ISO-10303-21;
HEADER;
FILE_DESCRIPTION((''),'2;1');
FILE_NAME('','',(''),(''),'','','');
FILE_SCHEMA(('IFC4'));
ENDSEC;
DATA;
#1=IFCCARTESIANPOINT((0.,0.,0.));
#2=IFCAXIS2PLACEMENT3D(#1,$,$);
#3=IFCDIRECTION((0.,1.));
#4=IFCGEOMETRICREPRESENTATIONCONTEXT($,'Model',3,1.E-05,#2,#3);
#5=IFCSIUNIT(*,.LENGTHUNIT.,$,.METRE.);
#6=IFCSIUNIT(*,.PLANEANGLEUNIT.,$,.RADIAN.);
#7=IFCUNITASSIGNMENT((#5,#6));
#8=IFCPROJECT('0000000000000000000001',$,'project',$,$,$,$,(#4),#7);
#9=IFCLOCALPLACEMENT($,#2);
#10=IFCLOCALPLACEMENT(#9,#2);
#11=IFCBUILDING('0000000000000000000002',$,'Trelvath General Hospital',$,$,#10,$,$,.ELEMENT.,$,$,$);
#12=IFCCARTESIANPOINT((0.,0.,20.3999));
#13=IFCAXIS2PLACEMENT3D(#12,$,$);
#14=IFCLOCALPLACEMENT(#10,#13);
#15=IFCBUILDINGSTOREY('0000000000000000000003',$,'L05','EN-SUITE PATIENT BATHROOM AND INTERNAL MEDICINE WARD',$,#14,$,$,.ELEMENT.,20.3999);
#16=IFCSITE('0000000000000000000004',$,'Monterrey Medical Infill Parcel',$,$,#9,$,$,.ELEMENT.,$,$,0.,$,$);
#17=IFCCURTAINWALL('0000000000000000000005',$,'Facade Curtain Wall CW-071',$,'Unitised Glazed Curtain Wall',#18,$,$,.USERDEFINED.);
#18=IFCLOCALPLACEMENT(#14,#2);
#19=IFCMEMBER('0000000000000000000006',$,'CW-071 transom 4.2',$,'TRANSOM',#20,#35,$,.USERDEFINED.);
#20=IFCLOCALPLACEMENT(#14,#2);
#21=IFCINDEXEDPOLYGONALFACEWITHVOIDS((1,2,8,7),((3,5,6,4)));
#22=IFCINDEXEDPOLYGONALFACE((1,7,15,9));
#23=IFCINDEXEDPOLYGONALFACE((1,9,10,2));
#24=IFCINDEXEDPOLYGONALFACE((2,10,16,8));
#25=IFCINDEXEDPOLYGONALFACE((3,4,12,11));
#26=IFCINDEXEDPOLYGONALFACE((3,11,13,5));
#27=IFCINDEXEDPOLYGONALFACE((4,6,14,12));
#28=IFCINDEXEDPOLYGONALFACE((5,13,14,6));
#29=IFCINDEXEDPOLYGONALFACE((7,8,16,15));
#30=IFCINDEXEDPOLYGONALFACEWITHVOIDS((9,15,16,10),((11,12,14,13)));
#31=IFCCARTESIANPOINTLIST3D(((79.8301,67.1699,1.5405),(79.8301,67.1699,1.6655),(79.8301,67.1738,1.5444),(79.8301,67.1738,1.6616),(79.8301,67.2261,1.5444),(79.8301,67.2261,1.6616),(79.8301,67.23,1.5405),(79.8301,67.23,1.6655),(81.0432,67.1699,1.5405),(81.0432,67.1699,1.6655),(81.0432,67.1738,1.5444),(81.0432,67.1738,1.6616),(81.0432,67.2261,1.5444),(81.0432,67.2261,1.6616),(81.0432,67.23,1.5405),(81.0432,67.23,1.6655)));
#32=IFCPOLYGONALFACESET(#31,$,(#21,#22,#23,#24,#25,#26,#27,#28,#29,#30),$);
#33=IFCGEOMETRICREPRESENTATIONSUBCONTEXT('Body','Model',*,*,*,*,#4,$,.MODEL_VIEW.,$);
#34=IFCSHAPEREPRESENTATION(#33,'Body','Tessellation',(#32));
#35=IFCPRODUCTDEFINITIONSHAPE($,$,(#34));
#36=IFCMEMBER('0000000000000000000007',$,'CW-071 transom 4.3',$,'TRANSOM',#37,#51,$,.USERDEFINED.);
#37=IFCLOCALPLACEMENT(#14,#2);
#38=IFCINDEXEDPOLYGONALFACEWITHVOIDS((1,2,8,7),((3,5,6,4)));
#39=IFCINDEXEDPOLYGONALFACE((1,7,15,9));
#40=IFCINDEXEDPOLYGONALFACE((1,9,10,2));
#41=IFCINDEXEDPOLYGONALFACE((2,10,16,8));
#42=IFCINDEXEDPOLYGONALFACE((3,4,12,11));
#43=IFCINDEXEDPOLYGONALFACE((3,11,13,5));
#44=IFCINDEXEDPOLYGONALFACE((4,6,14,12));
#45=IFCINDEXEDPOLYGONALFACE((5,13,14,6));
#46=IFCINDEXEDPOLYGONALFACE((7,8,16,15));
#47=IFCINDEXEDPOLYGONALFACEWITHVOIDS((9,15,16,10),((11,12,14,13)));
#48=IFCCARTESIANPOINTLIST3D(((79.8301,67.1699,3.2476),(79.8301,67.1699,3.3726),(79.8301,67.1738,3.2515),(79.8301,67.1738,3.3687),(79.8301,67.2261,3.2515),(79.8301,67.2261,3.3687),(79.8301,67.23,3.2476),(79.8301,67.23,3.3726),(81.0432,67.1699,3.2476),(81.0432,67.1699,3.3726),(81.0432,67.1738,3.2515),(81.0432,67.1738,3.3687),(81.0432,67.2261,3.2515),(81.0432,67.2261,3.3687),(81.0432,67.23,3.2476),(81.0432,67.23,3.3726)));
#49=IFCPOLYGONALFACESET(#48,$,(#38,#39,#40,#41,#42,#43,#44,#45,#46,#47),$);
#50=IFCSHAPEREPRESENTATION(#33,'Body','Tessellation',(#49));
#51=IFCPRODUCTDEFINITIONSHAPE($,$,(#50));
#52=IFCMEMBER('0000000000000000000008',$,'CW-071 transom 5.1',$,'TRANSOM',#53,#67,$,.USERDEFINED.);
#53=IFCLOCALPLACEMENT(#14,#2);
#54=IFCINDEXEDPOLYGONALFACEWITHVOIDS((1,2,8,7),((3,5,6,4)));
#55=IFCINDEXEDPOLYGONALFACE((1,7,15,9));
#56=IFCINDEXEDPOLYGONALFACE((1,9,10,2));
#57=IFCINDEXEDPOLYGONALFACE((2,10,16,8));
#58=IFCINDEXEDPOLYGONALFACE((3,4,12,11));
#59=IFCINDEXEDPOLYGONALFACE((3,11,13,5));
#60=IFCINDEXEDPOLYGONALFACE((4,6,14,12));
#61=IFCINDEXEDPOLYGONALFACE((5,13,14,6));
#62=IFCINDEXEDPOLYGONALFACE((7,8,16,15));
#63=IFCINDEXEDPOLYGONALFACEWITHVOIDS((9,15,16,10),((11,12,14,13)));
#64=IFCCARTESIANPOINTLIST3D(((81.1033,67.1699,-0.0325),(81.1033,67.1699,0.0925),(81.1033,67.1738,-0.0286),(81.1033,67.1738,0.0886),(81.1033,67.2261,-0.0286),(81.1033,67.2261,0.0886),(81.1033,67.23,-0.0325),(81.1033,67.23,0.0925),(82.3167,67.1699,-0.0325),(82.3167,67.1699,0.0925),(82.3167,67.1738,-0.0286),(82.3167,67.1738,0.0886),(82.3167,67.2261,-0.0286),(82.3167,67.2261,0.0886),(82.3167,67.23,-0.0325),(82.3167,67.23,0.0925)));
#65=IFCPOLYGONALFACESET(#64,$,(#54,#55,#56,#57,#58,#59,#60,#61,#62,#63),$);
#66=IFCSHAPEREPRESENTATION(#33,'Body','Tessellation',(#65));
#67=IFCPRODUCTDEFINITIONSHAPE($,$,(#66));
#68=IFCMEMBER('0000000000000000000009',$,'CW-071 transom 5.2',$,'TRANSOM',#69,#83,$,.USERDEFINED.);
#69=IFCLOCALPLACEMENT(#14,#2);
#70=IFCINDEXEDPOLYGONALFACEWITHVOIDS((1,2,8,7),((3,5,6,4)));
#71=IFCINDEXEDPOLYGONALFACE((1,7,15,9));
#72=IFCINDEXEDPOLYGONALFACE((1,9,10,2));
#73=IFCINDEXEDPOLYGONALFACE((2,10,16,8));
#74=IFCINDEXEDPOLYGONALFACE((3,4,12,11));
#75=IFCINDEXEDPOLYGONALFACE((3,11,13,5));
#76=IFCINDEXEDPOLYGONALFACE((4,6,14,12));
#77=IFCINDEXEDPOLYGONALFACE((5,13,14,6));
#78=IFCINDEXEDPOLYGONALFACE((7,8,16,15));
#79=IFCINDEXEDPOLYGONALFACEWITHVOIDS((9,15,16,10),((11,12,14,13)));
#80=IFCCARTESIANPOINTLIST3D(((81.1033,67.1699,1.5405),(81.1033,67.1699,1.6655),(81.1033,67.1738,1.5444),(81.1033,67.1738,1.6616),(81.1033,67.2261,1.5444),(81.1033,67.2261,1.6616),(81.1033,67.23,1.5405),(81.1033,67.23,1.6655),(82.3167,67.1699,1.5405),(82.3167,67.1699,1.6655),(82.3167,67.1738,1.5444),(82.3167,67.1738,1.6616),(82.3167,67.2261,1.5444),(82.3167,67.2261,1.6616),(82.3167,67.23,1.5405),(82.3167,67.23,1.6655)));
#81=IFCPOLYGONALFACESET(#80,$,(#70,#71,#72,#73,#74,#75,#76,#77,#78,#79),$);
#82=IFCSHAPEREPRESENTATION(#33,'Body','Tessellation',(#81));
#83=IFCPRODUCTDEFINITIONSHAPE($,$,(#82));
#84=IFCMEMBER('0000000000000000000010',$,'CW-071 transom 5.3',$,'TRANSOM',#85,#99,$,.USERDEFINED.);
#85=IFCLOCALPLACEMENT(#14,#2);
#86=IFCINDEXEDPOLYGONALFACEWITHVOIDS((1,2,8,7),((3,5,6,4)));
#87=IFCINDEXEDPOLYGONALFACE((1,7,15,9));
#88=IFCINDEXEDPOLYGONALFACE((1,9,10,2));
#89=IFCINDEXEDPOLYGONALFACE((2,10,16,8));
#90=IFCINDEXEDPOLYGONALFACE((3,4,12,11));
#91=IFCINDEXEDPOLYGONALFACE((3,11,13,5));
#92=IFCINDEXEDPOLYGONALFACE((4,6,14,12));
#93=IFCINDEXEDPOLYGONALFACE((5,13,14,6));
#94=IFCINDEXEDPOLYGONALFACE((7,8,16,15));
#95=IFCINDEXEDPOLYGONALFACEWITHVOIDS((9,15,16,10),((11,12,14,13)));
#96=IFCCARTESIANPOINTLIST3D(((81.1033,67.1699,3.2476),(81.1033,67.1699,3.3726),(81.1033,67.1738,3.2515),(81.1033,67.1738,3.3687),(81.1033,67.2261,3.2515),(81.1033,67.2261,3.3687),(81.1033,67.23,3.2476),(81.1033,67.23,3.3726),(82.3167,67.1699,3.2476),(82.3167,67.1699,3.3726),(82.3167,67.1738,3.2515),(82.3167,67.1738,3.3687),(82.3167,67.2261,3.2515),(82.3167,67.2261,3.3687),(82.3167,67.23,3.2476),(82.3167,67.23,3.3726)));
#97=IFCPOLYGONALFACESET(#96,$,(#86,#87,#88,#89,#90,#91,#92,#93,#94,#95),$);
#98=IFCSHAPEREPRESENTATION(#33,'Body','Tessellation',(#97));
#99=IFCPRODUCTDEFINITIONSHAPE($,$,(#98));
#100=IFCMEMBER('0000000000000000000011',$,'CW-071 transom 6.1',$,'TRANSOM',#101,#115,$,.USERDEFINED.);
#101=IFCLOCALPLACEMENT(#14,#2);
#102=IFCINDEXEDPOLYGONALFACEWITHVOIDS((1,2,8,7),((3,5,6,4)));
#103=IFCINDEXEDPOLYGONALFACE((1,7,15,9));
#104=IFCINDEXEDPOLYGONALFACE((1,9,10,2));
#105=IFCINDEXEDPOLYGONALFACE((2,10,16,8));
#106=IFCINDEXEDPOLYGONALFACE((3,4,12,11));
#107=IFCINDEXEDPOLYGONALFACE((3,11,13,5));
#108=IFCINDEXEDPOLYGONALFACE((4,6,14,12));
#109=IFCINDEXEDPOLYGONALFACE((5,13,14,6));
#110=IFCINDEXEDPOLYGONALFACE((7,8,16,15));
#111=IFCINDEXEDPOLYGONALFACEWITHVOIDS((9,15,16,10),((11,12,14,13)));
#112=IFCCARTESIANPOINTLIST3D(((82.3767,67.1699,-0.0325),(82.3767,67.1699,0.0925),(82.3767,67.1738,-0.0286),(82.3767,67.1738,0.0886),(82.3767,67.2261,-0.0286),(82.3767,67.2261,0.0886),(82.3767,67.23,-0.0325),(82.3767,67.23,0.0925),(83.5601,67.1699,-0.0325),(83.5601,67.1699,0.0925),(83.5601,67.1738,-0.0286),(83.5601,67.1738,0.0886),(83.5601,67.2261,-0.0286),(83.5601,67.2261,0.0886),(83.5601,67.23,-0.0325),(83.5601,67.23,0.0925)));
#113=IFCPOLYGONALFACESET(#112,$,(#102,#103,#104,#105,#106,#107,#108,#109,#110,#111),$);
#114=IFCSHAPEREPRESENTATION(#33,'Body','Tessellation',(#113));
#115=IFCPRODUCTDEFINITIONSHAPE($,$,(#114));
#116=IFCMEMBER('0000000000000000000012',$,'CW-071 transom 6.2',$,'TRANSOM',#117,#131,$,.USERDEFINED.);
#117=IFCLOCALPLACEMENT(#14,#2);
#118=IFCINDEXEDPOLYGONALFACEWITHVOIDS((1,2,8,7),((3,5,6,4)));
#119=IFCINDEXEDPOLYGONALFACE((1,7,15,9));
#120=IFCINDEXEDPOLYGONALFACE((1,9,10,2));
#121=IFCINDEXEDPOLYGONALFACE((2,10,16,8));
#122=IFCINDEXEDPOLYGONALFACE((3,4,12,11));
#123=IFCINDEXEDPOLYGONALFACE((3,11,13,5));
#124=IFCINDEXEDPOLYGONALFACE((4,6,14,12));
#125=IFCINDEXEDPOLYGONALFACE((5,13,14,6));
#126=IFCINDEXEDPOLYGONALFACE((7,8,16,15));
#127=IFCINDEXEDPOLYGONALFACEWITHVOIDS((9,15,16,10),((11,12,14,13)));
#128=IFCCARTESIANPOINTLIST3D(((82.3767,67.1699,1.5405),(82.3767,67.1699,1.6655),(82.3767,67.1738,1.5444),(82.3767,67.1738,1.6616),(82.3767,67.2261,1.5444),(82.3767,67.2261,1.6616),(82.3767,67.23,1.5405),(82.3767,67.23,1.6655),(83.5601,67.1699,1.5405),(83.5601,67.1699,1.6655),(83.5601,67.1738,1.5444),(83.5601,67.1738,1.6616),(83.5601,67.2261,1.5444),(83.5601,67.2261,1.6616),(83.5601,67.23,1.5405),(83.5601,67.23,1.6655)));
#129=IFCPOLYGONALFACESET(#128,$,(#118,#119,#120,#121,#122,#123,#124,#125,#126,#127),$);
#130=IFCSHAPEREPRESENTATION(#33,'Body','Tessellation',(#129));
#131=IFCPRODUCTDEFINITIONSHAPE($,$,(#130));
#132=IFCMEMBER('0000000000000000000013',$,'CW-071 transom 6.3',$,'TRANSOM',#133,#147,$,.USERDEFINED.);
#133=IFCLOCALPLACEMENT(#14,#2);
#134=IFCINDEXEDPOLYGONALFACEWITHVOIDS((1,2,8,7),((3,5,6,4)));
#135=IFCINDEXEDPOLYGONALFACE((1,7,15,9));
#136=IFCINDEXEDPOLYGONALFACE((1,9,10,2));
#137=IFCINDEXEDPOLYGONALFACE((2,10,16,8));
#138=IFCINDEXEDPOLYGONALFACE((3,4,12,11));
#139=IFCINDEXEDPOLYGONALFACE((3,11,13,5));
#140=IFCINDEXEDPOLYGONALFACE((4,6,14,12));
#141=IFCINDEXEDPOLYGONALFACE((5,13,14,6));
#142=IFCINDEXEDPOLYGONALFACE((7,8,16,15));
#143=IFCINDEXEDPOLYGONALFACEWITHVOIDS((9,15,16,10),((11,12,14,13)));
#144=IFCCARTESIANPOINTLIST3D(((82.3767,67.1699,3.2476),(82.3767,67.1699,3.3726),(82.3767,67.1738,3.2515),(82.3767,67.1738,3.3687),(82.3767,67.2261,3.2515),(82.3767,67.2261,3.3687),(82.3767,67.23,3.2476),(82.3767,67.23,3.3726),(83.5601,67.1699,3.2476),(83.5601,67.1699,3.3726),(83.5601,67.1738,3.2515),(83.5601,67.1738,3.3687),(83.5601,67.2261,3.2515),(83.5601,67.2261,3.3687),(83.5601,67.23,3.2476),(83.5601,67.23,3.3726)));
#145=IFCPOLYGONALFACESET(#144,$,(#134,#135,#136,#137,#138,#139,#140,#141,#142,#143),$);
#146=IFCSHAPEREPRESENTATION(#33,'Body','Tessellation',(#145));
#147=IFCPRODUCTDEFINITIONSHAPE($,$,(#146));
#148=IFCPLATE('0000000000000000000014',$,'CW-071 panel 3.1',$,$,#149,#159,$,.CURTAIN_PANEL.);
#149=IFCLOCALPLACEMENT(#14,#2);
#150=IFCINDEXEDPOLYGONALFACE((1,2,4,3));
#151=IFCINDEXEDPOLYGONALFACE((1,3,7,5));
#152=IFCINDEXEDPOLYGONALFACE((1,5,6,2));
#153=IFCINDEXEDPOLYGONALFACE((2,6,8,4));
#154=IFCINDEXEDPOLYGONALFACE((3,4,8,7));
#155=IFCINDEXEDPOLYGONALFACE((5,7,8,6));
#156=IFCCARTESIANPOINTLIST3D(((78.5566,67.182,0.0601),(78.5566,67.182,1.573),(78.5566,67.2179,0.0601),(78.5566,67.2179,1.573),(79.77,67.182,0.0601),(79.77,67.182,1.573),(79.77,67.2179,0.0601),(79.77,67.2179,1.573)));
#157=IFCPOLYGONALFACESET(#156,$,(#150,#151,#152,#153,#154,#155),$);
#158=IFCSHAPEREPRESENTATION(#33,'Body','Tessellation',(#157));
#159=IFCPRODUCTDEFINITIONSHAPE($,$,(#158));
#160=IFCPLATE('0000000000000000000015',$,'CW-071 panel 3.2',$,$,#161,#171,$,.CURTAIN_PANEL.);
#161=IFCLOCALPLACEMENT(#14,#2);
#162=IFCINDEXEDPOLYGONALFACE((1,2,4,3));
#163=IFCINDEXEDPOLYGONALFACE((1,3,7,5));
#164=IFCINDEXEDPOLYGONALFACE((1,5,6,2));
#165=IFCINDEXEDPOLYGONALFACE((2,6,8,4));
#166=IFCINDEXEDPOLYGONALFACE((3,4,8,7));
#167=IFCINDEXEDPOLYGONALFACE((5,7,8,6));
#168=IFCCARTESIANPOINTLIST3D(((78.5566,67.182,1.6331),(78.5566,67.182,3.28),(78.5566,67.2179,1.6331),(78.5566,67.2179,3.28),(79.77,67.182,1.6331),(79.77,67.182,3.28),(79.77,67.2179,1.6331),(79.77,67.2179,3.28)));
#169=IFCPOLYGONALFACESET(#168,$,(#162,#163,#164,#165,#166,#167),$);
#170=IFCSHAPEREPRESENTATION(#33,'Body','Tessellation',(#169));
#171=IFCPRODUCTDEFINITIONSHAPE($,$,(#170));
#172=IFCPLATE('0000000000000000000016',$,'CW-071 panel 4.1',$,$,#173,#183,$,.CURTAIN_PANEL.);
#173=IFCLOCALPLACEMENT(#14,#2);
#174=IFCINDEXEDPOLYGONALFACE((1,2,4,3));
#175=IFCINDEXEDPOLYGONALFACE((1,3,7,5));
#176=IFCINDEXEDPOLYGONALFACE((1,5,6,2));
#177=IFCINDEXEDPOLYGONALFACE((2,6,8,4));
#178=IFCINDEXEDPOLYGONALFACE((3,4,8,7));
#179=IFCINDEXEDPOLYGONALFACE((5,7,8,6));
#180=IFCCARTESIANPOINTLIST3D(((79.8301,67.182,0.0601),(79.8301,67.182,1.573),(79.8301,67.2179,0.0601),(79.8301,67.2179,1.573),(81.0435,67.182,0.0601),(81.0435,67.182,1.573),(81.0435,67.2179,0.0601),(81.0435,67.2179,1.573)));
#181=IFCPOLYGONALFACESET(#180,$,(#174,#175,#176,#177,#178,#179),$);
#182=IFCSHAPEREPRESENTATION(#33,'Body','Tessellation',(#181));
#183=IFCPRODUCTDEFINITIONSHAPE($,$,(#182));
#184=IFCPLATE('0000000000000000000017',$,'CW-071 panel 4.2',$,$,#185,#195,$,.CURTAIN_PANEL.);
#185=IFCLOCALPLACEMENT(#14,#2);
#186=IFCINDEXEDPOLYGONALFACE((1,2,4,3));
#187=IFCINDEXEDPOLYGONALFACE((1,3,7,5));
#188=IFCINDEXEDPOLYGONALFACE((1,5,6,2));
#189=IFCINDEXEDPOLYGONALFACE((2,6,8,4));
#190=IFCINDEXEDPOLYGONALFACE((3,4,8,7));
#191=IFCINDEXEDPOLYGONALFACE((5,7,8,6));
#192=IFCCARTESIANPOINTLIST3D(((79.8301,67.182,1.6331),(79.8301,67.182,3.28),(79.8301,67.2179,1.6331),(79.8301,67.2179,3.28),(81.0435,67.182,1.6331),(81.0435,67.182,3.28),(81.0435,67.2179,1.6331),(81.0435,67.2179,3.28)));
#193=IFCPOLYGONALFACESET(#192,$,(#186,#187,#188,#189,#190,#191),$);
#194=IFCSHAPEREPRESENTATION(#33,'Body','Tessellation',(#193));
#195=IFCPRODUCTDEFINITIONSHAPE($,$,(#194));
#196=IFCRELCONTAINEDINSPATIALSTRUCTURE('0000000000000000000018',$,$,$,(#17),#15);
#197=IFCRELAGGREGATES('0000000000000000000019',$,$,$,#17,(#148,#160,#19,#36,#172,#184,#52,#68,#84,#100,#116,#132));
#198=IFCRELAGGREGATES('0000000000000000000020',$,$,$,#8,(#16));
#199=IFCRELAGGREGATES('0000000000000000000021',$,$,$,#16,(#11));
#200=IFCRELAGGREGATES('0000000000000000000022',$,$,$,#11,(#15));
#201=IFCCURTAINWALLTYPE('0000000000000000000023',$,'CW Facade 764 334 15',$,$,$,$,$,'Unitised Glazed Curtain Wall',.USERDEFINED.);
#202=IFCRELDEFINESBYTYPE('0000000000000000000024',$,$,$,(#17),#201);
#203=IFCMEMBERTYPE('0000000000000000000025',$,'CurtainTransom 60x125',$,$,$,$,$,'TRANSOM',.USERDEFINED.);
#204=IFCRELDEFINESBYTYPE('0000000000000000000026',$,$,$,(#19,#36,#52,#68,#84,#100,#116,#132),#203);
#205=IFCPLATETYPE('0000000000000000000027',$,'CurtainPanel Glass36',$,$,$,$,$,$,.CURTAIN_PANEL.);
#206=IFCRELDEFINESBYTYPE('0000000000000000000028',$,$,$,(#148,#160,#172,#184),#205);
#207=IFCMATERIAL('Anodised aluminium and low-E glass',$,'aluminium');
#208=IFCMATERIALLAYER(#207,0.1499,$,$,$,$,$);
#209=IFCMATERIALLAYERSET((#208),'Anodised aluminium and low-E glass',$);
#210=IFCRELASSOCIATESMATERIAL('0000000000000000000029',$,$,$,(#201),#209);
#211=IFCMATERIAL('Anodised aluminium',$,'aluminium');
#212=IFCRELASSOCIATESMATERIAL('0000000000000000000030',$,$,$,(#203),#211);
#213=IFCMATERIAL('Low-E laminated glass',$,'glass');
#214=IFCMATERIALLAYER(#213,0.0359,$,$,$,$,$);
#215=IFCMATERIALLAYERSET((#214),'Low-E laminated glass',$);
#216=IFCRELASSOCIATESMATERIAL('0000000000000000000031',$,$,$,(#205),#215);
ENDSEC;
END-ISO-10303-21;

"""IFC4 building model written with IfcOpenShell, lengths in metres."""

from ifc_helpers import new_model, si_unit, direction, frame, origin, origin_2d, place, context, subcontext, project, spatial, rectangle, hollow_rectangle, extrude, material, layer, layer_set, material_profile, profile_set, type_object, element, aggregate, save


model = new_model("IFC4")

# Units and contexts
model_context = context("Model", 3, precision=1e-05, world=origin(), true_north=direction((0.0, 1.0)))
body_context = subcontext(model_context, "Body", "Model", "MODEL_VIEW")
ifc_project = project(units=[si_unit("LENGTHUNIT", "METRE"), si_unit("PLANEANGLEUNIT", "RADIAN")], contexts=[model_context])

# Site, building, storey
site_placement = place(None, origin())
site = spatial("IfcSite", under=ifc_project, at=site_placement, Name="Monterrey Medical Infill Parcel", CompositionType="ELEMENT", RefElevation=0.0)
building_placement = place(site_placement, origin())
building = spatial("IfcBuilding", under=site, at=building_placement, Name="Trelvath General Hospital", CompositionType="ELEMENT")
storey_placement = place(building_placement, frame((0.0, 0.0, 20.3999)))
storey = spatial("IfcBuildingStorey", under=building, at=storey_placement, Name="L05", Description="EN-SUITE PATIENT BATHROOM AND INTERNAL MEDICINE WARD", CompositionType="ELEMENT", Elevation=20.3999)

# Curtain wall
ifc_material_1 = material(Name="Anodised aluminium and low-E glass", Category="aluminium")
ifc_layer_1 = layer(ifc_material_1, 0.1499)
ifc_layer_set_1 = layer_set([ifc_layer_1], Name="Anodised aluminium and low-E glass")
curtain_wall_type = type_object("IfcCurtainWallType", Name="CW Facade 764 334 15", ElementType="Unitised Glazed Curtain Wall", PredefinedType="USERDEFINED", material=ifc_layer_set_1)
curtain_wall_1_placement = place(storey_placement, origin())
curtain_wall_1 = element("IfcCurtainWall", 1, at=curtain_wall_1_placement, inside=storey, type_object=curtain_wall_type, Name="Facade Curtain Wall CW-071", ObjectType="Unitised Glazed Curtain Wall", PredefinedType="USERDEFINED")

# Members
ifc_material_2 = material(Name="Anodised aluminium", Category="aluminium")
ifc_material_profile_1 = material_profile(ifc_material_2, hollow_rectangle(XDim=0.0601, YDim=0.125, WallThickness=0.0039, at=origin_2d()), Name="RHS60x125x4")
ifc_profile_set_1 = profile_set([ifc_material_profile_1], Name="Anodised aluminium")
member_type_1 = type_object("IfcMemberType", Name="CurtainTransom 60x125", ElementType="TRANSOM", PredefinedType="USERDEFINED", material=ifc_profile_set_1)
member_1_placement = place(storey_placement, frame((79.8301, 67.2, 1.603), z_axis=(1.0, 0.0, 0.0), x_axis=(0.0, 1.0, 0.0)))
member_1 = element("IfcMember", 2, at=member_1_placement, type_object=member_type_1, Name="CW-071 transom 4.2", ObjectType="TRANSOM", PredefinedType="USERDEFINED", context=body_context, shape_type="SweptSolid", body=[
    extrude(hollow_rectangle(XDim=0.0601, YDim=0.125, WallThickness=0.0039, at=origin_2d()), origin(), (0.0, 0.0, 1.0), 1.2131),
])
member_2_placement = place(storey_placement, frame((79.8301, 67.2, 3.3101), z_axis=(1.0, 0.0, 0.0), x_axis=(0.0, 1.0, 0.0)))
member_2 = element("IfcMember", 3, at=member_2_placement, type_object=member_type_1, Name="CW-071 transom 4.3", ObjectType="TRANSOM", PredefinedType="USERDEFINED", context=body_context, shape_type="SweptSolid", body=[
    extrude(hollow_rectangle(XDim=0.0601, YDim=0.125, WallThickness=0.0039, at=origin_2d()), origin(), (0.0, 0.0, 1.0), 1.2131),
])
member_3_placement = place(storey_placement, frame((81.1033, 67.2, 0.03), z_axis=(1.0, 0.0, 0.0), x_axis=(0.0, 1.0, 0.0)))
member_3 = element("IfcMember", 4, at=member_3_placement, type_object=member_type_1, Name="CW-071 transom 5.1", ObjectType="TRANSOM", PredefinedType="USERDEFINED", context=body_context, shape_type="SweptSolid", body=[
    extrude(hollow_rectangle(XDim=0.0601, YDim=0.125, WallThickness=0.0039, at=origin_2d()), origin(), (0.0, 0.0, 1.0), 1.2134),
])
member_4_placement = place(storey_placement, frame((81.1033, 67.2, 1.603), z_axis=(1.0, 0.0, 0.0), x_axis=(0.0, 1.0, 0.0)))
member_4 = element("IfcMember", 5, at=member_4_placement, type_object=member_type_1, Name="CW-071 transom 5.2", ObjectType="TRANSOM", PredefinedType="USERDEFINED", context=body_context, shape_type="SweptSolid", body=[
    extrude(hollow_rectangle(XDim=0.0601, YDim=0.125, WallThickness=0.0039, at=origin_2d()), origin(), (0.0, 0.0, 1.0), 1.2134),
])
member_5_placement = place(storey_placement, frame((81.1033, 67.2, 3.3101), z_axis=(1.0, 0.0, 0.0), x_axis=(0.0, 1.0, 0.0)))
member_5 = element("IfcMember", 6, at=member_5_placement, type_object=member_type_1, Name="CW-071 transom 5.3", ObjectType="TRANSOM", PredefinedType="USERDEFINED", context=body_context, shape_type="SweptSolid", body=[
    extrude(hollow_rectangle(XDim=0.0601, YDim=0.125, WallThickness=0.0039, at=origin_2d()), origin(), (0.0, 0.0, 1.0), 1.2134),
])
member_6_placement = place(storey_placement, frame((82.3767, 67.2, 0.03), z_axis=(1.0, 0.0, 0.0), x_axis=(0.0, 1.0, 0.0)))
member_6 = element("IfcMember", 7, at=member_6_placement, type_object=member_type_1, Name="CW-071 transom 6.1", ObjectType="TRANSOM", PredefinedType="USERDEFINED", context=body_context, shape_type="SweptSolid", body=[
    extrude(hollow_rectangle(XDim=0.0601, YDim=0.125, WallThickness=0.0039, at=origin_2d()), origin(), (0.0, 0.0, 1.0), 1.1833),
])
member_7_placement = place(storey_placement, frame((82.3767, 67.2, 1.603), z_axis=(1.0, 0.0, 0.0), x_axis=(0.0, 1.0, 0.0)))
member_7 = element("IfcMember", 8, at=member_7_placement, type_object=member_type_1, Name="CW-071 transom 6.2", ObjectType="TRANSOM", PredefinedType="USERDEFINED", context=body_context, shape_type="SweptSolid", body=[
    extrude(hollow_rectangle(XDim=0.0601, YDim=0.125, WallThickness=0.0039, at=origin_2d()), origin(), (0.0, 0.0, 1.0), 1.1833),
])
member_8_placement = place(storey_placement, frame((82.3767, 67.2, 3.3101), z_axis=(1.0, 0.0, 0.0), x_axis=(0.0, 1.0, 0.0)))
member_8 = element("IfcMember", 9, at=member_8_placement, type_object=member_type_1, Name="CW-071 transom 6.3", ObjectType="TRANSOM", PredefinedType="USERDEFINED", context=body_context, shape_type="SweptSolid", body=[
    extrude(hollow_rectangle(XDim=0.0601, YDim=0.125, WallThickness=0.0039, at=origin_2d()), origin(), (0.0, 0.0, 1.0), 1.1833),
])

# Plates
ifc_material_3 = material(Name="Low-E laminated glass", Category="glass")
ifc_layer_2 = layer(ifc_material_3, 0.0359)
ifc_layer_set_2 = layer_set([ifc_layer_2], Name="Low-E laminated glass")
plate_type = type_object("IfcPlateType", Name="CurtainPanel Glass36", PredefinedType="CURTAIN_PANEL", material=ifc_layer_set_2)
plate_1_placement = place(storey_placement, frame((79.1633, 67.2, 0.0601), z_axis=(0.0, 0.0, 1.0), x_axis=(1.0, 0.0, 0.0)))
plate_1 = element("IfcPlate", 10, at=plate_1_placement, type_object=plate_type, Name="CW-071 panel 3.1", PredefinedType="CURTAIN_PANEL", context=body_context, shape_type="SweptSolid", body=[
    extrude(rectangle(XDim=1.2134, YDim=0.0359, at=origin_2d()), origin(), (0.0, 0.0, 1.0), 1.5129),
])
plate_2_placement = place(storey_placement, frame((79.1633, 67.2, 1.6331), z_axis=(0.0, 0.0, 1.0), x_axis=(1.0, 0.0, 0.0)))
plate_2 = element("IfcPlate", 11, at=plate_2_placement, type_object=plate_type, Name="CW-071 panel 3.2", PredefinedType="CURTAIN_PANEL", context=body_context, shape_type="SweptSolid", body=[
    extrude(rectangle(XDim=1.2134, YDim=0.0359, at=origin_2d()), origin(), (0.0, 0.0, 1.0), 1.647),
])
plate_3_placement = place(storey_placement, frame((80.4368, 67.2, 0.0601), z_axis=(0.0, 0.0, 1.0), x_axis=(1.0, 0.0, 0.0)))
plate_3 = element("IfcPlate", 12, at=plate_3_placement, type_object=plate_type, Name="CW-071 panel 4.1", PredefinedType="CURTAIN_PANEL", context=body_context, shape_type="SweptSolid", body=[
    extrude(rectangle(XDim=1.2134, YDim=0.0359, at=origin_2d()), origin(), (0.0, 0.0, 1.0), 1.5129),
])
plate_4_placement = place(storey_placement, frame((80.4368, 67.2, 1.6331), z_axis=(0.0, 0.0, 1.0), x_axis=(1.0, 0.0, 0.0)))
plate_4 = element("IfcPlate", 13, at=plate_4_placement, type_object=plate_type, Name="CW-071 panel 4.2", PredefinedType="CURTAIN_PANEL", context=body_context, shape_type="SweptSolid", body=[
    extrude(rectangle(XDim=1.2134, YDim=0.0359, at=origin_2d()), origin(), (0.0, 0.0, 1.0), 1.647),
])
aggregate(curtain_wall_1, [plate_1, plate_2, member_1, member_2, plate_3, plate_4, member_3, member_4, member_5, member_6, member_7, member_8])

save(model, "model.ifc")
